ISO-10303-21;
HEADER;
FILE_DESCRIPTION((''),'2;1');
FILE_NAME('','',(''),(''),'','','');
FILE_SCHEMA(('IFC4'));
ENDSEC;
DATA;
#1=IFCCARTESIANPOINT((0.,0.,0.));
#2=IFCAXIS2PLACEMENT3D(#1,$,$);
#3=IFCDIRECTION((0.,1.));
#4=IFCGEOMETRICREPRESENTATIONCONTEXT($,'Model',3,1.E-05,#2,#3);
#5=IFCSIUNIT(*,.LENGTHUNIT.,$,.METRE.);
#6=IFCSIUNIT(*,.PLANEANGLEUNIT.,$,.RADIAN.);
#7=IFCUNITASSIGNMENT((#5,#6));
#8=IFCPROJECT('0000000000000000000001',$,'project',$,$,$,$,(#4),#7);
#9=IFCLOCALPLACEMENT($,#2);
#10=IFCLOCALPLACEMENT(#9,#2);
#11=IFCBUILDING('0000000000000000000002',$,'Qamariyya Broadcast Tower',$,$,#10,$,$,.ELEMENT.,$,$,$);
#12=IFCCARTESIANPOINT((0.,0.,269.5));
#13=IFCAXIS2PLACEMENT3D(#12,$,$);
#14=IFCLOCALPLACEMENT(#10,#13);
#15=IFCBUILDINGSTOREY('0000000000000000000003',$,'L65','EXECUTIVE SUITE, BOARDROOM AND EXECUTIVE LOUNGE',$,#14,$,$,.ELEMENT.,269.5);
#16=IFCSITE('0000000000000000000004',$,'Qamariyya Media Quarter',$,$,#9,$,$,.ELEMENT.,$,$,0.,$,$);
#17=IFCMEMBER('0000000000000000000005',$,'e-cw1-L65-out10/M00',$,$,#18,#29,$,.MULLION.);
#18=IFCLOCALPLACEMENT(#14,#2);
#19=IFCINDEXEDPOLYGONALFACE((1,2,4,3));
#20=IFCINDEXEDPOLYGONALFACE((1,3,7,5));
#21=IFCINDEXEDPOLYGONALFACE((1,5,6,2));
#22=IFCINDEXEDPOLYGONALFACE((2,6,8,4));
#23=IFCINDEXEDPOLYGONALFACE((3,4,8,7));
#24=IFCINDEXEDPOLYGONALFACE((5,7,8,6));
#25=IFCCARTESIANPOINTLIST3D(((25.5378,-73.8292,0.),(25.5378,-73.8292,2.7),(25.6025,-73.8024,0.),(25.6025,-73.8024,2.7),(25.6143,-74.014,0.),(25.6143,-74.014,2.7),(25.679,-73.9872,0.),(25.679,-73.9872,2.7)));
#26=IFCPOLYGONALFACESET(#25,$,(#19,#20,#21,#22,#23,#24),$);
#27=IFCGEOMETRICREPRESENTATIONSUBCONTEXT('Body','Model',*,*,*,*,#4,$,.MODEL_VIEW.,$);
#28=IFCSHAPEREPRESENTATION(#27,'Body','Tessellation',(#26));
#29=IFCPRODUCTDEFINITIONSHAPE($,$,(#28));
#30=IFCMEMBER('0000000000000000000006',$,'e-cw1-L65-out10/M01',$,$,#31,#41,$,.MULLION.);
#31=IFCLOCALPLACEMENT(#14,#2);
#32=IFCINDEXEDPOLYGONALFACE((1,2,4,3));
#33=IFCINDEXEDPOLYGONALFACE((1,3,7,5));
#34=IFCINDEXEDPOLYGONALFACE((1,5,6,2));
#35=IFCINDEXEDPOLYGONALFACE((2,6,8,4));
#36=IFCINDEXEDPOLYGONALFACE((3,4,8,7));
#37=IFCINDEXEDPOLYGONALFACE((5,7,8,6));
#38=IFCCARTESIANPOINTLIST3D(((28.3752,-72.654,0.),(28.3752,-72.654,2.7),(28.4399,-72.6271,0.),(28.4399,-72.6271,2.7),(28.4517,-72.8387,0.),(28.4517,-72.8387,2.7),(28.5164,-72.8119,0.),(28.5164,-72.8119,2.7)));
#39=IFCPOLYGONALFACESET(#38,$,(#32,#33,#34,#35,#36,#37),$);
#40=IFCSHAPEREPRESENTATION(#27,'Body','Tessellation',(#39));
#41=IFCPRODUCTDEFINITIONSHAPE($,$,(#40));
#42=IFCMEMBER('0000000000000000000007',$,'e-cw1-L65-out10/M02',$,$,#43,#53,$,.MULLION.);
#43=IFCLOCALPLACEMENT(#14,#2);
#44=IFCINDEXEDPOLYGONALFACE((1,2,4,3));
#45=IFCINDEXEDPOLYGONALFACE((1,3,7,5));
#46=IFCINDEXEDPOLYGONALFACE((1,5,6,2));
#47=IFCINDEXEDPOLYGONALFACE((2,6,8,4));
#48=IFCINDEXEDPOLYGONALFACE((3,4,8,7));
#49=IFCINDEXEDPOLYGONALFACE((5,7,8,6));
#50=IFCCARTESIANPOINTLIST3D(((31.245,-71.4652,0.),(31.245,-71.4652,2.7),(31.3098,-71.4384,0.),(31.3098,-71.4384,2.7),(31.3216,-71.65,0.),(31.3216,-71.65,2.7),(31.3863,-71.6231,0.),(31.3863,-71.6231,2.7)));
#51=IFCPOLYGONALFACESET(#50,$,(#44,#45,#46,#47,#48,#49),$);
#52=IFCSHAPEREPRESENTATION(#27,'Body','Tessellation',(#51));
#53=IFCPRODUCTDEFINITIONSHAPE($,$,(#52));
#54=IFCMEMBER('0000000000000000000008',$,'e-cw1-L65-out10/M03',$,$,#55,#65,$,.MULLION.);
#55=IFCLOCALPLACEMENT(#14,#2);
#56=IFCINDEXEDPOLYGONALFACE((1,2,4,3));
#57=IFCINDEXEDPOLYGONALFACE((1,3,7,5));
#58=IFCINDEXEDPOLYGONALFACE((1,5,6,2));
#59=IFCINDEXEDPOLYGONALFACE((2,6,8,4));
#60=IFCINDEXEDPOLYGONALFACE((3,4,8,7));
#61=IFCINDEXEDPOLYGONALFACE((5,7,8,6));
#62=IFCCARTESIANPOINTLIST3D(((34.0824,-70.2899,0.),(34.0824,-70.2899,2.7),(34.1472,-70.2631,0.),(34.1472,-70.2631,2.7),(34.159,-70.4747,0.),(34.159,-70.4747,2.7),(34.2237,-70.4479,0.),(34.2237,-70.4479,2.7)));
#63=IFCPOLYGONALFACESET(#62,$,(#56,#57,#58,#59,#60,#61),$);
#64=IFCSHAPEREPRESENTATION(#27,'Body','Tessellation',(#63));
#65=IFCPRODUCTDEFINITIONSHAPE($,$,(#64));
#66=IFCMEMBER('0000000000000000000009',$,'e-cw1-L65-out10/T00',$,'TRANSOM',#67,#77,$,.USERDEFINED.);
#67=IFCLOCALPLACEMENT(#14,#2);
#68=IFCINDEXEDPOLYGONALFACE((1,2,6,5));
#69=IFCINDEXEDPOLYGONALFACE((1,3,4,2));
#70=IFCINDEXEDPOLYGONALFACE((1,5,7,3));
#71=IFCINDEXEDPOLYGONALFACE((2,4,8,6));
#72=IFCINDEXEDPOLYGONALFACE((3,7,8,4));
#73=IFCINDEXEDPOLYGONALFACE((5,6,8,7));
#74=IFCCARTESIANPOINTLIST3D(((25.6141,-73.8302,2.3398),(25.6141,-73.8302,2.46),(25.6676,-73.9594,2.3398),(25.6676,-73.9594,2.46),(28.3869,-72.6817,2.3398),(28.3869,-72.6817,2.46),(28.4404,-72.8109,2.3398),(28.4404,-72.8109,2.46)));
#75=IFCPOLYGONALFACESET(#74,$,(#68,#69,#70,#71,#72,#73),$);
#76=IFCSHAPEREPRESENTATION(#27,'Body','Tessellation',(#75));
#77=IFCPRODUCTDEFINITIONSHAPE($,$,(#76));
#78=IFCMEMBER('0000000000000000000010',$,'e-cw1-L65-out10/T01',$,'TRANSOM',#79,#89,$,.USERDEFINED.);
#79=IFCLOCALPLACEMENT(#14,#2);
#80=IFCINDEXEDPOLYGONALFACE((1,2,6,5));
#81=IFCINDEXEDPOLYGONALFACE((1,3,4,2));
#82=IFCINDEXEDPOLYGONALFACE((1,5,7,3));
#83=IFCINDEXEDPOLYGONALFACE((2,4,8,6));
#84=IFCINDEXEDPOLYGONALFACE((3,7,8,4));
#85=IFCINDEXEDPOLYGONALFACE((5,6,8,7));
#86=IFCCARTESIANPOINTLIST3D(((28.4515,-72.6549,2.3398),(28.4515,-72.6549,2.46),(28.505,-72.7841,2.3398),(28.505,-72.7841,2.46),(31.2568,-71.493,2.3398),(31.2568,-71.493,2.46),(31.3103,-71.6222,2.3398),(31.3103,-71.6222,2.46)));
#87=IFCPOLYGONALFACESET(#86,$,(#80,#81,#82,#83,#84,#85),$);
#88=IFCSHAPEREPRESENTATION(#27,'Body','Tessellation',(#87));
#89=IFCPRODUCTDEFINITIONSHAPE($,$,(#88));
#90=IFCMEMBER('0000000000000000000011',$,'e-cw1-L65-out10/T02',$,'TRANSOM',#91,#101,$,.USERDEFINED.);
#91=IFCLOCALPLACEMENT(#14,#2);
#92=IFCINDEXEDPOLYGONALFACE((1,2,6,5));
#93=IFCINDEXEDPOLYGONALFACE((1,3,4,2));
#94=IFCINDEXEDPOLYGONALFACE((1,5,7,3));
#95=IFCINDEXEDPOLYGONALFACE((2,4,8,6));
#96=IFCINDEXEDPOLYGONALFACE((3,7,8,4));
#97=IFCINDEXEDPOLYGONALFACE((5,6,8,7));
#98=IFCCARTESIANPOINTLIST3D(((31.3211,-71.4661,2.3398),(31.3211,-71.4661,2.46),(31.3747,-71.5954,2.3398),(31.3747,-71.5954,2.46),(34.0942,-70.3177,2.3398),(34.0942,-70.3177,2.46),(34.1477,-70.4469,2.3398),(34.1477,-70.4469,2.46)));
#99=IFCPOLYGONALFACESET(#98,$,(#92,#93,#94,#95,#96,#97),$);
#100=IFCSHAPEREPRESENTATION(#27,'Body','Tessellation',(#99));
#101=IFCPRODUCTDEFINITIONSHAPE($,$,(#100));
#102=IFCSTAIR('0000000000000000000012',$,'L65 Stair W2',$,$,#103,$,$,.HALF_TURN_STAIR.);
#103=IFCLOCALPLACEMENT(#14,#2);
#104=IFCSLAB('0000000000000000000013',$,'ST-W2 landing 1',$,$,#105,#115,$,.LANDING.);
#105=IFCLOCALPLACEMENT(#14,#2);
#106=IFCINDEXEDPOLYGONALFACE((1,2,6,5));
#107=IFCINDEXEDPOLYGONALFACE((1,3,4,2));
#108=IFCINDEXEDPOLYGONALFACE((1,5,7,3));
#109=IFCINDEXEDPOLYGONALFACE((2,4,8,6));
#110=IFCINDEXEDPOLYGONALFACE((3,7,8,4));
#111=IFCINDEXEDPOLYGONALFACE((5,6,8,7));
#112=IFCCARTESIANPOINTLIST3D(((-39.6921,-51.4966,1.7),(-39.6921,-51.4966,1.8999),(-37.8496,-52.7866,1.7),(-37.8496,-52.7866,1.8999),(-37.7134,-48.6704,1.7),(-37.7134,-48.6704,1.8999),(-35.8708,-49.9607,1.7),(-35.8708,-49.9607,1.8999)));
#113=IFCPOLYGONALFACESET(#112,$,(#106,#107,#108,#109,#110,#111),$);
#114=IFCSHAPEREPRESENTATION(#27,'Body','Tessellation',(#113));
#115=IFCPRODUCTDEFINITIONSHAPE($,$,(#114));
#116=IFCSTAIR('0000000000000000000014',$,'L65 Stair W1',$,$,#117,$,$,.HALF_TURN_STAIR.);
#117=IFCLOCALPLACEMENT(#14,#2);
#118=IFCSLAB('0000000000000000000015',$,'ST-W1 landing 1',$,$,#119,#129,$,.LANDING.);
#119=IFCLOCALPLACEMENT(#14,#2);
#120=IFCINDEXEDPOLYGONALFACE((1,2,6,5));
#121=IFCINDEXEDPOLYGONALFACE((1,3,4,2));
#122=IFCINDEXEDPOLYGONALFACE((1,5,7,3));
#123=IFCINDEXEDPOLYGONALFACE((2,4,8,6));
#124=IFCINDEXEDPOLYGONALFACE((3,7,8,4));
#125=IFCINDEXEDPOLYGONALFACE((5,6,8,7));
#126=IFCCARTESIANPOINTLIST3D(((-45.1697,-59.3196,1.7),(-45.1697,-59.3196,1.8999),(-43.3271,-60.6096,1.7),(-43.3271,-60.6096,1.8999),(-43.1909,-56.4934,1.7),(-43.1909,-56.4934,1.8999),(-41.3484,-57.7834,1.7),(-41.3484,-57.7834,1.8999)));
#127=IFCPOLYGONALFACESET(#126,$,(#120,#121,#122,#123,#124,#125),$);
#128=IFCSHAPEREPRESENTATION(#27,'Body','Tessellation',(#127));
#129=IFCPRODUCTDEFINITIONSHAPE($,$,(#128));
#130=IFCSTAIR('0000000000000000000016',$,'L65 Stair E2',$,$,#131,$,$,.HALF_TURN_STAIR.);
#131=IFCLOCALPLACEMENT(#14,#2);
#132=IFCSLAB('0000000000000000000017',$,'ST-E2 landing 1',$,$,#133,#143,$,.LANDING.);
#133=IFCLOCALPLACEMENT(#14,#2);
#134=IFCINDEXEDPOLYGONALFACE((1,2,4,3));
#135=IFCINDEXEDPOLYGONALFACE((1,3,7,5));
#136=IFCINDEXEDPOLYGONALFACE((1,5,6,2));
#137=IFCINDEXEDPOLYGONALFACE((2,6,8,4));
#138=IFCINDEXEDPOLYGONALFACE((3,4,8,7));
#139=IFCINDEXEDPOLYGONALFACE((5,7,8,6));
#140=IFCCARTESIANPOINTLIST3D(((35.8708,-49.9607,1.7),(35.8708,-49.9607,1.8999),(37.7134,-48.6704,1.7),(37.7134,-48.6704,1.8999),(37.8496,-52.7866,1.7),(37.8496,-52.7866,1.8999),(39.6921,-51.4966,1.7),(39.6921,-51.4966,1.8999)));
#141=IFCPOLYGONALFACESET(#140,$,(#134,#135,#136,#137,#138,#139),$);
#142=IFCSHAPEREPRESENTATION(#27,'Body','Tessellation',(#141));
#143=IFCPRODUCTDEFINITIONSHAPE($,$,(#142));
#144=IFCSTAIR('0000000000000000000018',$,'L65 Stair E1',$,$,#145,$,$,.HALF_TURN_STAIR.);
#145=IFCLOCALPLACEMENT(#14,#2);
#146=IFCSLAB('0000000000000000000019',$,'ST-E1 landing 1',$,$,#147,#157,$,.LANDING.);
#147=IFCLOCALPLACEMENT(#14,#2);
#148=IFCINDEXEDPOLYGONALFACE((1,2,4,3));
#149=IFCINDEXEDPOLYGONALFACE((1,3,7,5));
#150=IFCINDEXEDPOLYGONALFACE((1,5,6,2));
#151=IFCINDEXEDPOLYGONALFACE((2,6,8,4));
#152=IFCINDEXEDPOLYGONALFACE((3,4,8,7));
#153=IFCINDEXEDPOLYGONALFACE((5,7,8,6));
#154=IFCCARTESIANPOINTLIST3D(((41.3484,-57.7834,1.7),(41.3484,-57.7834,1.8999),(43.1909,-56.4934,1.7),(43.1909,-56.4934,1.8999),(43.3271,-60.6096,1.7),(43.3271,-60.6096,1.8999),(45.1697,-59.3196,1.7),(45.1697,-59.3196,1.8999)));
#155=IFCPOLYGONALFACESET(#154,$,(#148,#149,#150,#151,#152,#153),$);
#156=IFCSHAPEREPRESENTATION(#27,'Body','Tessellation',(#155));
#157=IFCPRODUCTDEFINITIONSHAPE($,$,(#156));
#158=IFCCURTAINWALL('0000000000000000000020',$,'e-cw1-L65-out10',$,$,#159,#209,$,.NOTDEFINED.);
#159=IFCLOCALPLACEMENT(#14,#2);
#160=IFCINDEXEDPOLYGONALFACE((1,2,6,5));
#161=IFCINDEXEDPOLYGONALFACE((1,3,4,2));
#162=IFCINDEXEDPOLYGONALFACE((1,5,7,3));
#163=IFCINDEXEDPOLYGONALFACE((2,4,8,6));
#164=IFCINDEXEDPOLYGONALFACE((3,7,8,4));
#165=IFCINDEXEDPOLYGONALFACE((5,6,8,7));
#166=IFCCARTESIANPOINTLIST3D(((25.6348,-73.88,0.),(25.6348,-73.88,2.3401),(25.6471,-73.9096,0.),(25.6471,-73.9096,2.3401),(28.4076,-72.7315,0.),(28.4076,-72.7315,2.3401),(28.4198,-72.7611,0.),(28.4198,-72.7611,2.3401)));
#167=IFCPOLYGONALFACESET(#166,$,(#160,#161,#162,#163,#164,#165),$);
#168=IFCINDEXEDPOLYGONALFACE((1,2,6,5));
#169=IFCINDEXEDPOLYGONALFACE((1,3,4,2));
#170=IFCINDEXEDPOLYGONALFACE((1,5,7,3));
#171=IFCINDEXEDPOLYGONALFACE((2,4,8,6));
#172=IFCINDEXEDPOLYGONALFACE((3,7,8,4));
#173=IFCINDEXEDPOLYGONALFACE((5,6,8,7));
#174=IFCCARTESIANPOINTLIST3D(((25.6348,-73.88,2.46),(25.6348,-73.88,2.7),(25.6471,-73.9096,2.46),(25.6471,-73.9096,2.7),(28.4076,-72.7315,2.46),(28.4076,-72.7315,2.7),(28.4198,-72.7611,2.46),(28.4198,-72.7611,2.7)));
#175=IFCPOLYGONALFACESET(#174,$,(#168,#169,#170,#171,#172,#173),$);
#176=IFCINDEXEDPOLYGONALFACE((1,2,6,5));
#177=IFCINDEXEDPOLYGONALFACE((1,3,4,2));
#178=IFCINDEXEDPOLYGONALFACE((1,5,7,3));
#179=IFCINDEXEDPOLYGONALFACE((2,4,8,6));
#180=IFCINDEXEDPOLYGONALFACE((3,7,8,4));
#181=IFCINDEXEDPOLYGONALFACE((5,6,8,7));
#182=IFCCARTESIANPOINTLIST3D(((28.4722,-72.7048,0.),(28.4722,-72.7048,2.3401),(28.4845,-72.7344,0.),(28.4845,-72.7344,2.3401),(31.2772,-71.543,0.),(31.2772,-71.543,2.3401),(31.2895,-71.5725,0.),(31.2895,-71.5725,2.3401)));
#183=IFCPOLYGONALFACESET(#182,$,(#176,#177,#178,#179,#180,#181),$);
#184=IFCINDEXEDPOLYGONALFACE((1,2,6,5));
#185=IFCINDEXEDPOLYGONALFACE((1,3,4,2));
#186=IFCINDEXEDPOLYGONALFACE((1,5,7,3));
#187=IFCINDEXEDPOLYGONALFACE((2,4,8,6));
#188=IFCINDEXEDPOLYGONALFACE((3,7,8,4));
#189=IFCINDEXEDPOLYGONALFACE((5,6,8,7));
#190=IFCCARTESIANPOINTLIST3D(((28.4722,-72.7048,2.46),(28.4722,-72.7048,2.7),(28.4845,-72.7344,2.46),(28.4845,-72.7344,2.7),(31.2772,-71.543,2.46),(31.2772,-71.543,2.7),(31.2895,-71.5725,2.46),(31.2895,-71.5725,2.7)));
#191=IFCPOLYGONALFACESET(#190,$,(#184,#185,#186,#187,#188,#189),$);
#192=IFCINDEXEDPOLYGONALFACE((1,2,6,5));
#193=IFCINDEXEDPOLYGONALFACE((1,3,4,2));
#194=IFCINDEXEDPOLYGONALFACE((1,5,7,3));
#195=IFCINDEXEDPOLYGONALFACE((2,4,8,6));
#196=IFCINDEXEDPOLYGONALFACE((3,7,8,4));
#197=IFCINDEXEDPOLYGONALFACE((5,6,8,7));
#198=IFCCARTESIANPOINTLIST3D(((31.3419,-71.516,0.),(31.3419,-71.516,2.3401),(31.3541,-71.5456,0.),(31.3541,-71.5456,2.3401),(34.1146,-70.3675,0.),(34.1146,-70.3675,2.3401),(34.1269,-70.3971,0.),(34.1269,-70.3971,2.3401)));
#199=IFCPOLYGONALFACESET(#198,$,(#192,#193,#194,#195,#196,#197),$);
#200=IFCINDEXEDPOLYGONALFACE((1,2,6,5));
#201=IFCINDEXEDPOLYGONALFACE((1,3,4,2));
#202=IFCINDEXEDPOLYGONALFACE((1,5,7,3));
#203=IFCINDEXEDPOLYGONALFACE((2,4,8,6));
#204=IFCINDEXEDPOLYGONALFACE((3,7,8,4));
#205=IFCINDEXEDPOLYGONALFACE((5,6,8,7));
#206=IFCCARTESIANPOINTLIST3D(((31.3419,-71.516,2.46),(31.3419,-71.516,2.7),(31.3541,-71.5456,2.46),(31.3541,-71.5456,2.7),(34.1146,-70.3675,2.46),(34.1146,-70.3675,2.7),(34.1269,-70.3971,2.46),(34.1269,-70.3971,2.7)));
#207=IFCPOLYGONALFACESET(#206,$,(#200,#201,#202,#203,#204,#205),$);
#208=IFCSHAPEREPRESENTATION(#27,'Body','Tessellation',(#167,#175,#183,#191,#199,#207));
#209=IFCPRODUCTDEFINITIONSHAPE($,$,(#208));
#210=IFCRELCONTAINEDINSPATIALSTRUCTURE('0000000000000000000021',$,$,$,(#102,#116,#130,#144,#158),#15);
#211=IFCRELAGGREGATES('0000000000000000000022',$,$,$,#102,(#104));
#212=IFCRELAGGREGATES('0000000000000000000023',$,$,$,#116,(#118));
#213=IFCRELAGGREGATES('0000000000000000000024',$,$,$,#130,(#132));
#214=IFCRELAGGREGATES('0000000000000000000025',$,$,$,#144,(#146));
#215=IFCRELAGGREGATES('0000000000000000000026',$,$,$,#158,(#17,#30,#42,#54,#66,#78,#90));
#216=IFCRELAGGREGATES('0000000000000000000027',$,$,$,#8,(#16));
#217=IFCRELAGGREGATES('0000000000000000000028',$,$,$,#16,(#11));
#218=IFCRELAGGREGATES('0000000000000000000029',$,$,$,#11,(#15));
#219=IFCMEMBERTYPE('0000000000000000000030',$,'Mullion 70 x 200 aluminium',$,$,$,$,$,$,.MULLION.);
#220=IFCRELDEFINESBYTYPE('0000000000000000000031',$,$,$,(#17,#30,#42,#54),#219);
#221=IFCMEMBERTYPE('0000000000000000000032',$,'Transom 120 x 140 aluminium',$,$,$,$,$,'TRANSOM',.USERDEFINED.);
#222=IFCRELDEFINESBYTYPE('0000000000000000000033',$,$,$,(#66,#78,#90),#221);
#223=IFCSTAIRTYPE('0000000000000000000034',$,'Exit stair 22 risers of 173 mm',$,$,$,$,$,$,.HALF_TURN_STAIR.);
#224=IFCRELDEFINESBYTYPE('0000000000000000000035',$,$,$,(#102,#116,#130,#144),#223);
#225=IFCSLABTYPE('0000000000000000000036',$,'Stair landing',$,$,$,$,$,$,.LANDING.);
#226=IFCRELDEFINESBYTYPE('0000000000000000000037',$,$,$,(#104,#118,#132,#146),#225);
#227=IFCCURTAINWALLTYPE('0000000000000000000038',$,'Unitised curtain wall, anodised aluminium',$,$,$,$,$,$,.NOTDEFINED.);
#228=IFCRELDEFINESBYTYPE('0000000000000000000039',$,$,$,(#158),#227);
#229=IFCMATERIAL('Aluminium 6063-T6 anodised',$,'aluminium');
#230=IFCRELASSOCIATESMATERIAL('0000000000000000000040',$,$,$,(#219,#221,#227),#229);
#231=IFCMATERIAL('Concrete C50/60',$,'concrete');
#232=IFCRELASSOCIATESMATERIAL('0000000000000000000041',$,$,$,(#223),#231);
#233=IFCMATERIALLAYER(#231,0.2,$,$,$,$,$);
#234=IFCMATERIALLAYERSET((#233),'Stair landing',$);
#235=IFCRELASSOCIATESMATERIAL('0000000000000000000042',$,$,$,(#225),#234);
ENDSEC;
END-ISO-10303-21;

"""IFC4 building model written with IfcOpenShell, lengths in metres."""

from ifc_helpers import new_model, si_unit, direction, frame, origin, origin_2d, place, context, subcontext, project, spatial, polyline, rectangle, outline, extrude, material, layer, layer_set, material_profile, profile_set, type_object, element, aggregate, save


model = new_model("IFC4")

# Units and contexts
model_context = context("Model", 3, precision=1e-05, world=origin(), true_north=direction((0.0, 1.0)))
body_context = subcontext(model_context, "Body", "Model", "MODEL_VIEW")
ifc_project = project(units=[si_unit("LENGTHUNIT", "METRE"), si_unit("PLANEANGLEUNIT", "RADIAN")], contexts=[model_context])

# Members
ifc_material_1 = material(Name="Aluminium 6063-T6 anodised", Category="aluminium")
ifc_material_profile_1 = material_profile(ifc_material_1, rectangle(XDim=0.2, YDim=0.0701, at=origin_2d()))
ifc_profile_set_1 = profile_set([ifc_material_profile_1], Name="Aluminium 6063-T6 anodised")
member_type_1 = type_object("IfcMemberType", Name="Mullion 70 x 200 aluminium", PredefinedType="MULLION", material=ifc_profile_set_1)
site_placement = place(None, origin())
building_placement = place(site_placement, origin())
storey_placement = place(building_placement, frame((0.0, 0.0, 269.5)))
member_1_placement = place(storey_placement, frame((25.6084, -73.9082, 0.0), z_axis=(0.0, 0.0, 1.0), x_axis=(-0.382683, 0.92388, 0.0)))
member_1 = element("IfcMember", 1, at=member_1_placement, type_object=member_type_1, Name="e-cw1-L65-out10/M00", PredefinedType="MULLION", context=body_context, shape_type="SweptSolid", body=[
    extrude(rectangle(XDim=0.2, YDim=0.0701, at=origin_2d()), origin(), (0.0, 0.0, 1.0), 2.7),
])
member_2_placement = place(storey_placement, frame((28.4458, -72.7329, 0.0), z_axis=(0.0, 0.0, 1.0), x_axis=(-0.382683, 0.92388, 0.0)))
member_2 = element("IfcMember", 2, at=member_2_placement, type_object=member_type_1, Name="e-cw1-L65-out10/M01", PredefinedType="MULLION", context=body_context, shape_type="SweptSolid", body=[
    extrude(rectangle(XDim=0.2, YDim=0.0701, at=origin_2d()), origin(), (0.0, 0.0, 1.0), 2.7),
])
member_3_placement = place(storey_placement, frame((31.3157, -71.5442, 0.0), z_axis=(0.0, 0.0, 1.0), x_axis=(-0.382683, 0.92388, 0.0)))
member_3 = element("IfcMember", 3, at=member_3_placement, type_object=member_type_1, Name="e-cw1-L65-out10/M02", PredefinedType="MULLION", context=body_context, shape_type="SweptSolid", body=[
    extrude(rectangle(XDim=0.2, YDim=0.0701, at=origin_2d()), origin(), (0.0, 0.0, 1.0), 2.7),
])
member_4_placement = place(storey_placement, frame((34.1531, -70.3689, 0.0), z_axis=(0.0, 0.0, 1.0), x_axis=(-0.382683, 0.92388, 0.0)))
member_4 = element("IfcMember", 4, at=member_4_placement, type_object=member_type_1, Name="e-cw1-L65-out10/M03", PredefinedType="MULLION", context=body_context, shape_type="SweptSolid", body=[
    extrude(rectangle(XDim=0.2, YDim=0.0701, at=origin_2d()), origin(), (0.0, 0.0, 1.0), 2.7),
])
ifc_material_profile_2 = material_profile(ifc_material_1, rectangle(XDim=0.1399, YDim=0.1201, at=origin_2d()))
ifc_profile_set_2 = profile_set([ifc_material_profile_2], Name="Aluminium 6063-T6 anodised")
member_type_2 = type_object("IfcMemberType", Name="Transom 120 x 140 aluminium", ElementType="TRANSOM", PredefinedType="USERDEFINED", material=ifc_profile_set_2)
member_5_placement = place(storey_placement, frame((25.6409, -73.8948, 2.3999), z_axis=(0.923886, 0.382668, 0.0), x_axis=(-0.382668, 0.923886, 0.0)))
member_5 = element("IfcMember", 5, at=member_5_placement, type_object=member_type_2, Name="e-cw1-L65-out10/T00", ObjectType="TRANSOM", PredefinedType="USERDEFINED", context=body_context, shape_type="SweptSolid", body=[
    extrude(rectangle(XDim=0.1399, YDim=0.1201, at=origin_2d()), origin(), (0.0, 0.0, 1.0), 3.0012),
])
member_6_placement = place(storey_placement, frame((28.4783, -72.7195, 2.3999), z_axis=(0.923888, 0.382662, 0.0), x_axis=(-0.382662, 0.923888, 0.0)))
member_6 = element("IfcMember", 6, at=member_6_placement, type_object=member_type_2, Name="e-cw1-L65-out10/T01", ObjectType="TRANSOM", PredefinedType="USERDEFINED", context=body_context, shape_type="SweptSolid", body=[
    extrude(rectangle(XDim=0.1399, YDim=0.1201, at=origin_2d()), origin(), (0.0, 0.0, 1.0), 3.0364),
])
member_7_placement = place(storey_placement, frame((31.3479, -71.5308, 2.3999), z_axis=(0.923898, 0.382639, 0.0), x_axis=(-0.382639, 0.923898, 0.0)))
member_7 = element("IfcMember", 7, at=member_7_placement, type_object=member_type_2, Name="e-cw1-L65-out10/T02", ObjectType="TRANSOM", PredefinedType="USERDEFINED", context=body_context, shape_type="SweptSolid", body=[
    extrude(rectangle(XDim=0.1399, YDim=0.1201, at=origin_2d()), origin(), (0.0, 0.0, 1.0), 3.0015),
])

# Site, building, storey
site = spatial("IfcSite", under=ifc_project, at=site_placement, Name="Qamariyya Media Quarter", CompositionType="ELEMENT", RefElevation=0.0)
building = spatial("IfcBuilding", under=site, at=building_placement, Name="Qamariyya Broadcast Tower", CompositionType="ELEMENT")
storey = spatial("IfcBuildingStorey", under=building, at=storey_placement, Name="L65", Description="EXECUTIVE SUITE, BOARDROOM AND EXECUTIVE LOUNGE", CompositionType="ELEMENT", Elevation=269.5)

# Stairs, slabs
ifc_material_2 = material(Name="Concrete C50/60", Category="concrete")
stair_type = type_object("IfcStairType", Name="Exit stair 22 risers of 173 mm", PredefinedType="HALF_TURN_STAIR", material=ifc_material_2)
stair_1_placement = place(storey_placement, origin())
stair_1 = element("IfcStair", 8, at=stair_1_placement, inside=storey, type_object=stair_type, Name="L65 Stair W2", PredefinedType="HALF_TURN_STAIR")
ifc_layer = layer(ifc_material_2, 0.2)
ifc_layer_set = layer_set([ifc_layer], Name="Stair landing")
slab_type = type_object("IfcSlabType", Name="Stair landing", PredefinedType="LANDING", material=ifc_layer_set)
slab_1_placement = place(storey_placement, frame((0.0, 0.0, 1.7)))
slab_1 = element("IfcSlab", 9, at=slab_1_placement, type_object=slab_type, Name="ST-W2 landing 1", PredefinedType="LANDING", context=body_context, shape_type="SweptSolid", body=[
    extrude(outline(polyline([(-39.6921, -51.4966), (-37.8496, -52.7866), (-35.8708, -49.9607), (-37.7134, -48.6704), (-39.6921, -51.4966)])), origin(), (0.0, 0.0, 1.0), 0.2),
])
aggregate(stair_1, [slab_1])
stair_2_placement = place(storey_placement, origin())
stair_2 = element("IfcStair", 10, at=stair_2_placement, inside=storey, type_object=stair_type, Name="L65 Stair W1", PredefinedType="HALF_TURN_STAIR")
slab_2_placement = place(storey_placement, frame((0.0, 0.0, 1.7)))
slab_2 = element("IfcSlab", 11, at=slab_2_placement, type_object=slab_type, Name="ST-W1 landing 1", PredefinedType="LANDING", context=body_context, shape_type="SweptSolid", body=[
    extrude(outline(polyline([(-45.1697, -59.3196), (-43.3271, -60.6096), (-41.3484, -57.7834), (-43.1909, -56.4934), (-45.1697, -59.3196)])), origin(), (0.0, 0.0, 1.0), 0.2),
])
aggregate(stair_2, [slab_2])
stair_3_placement = place(storey_placement, origin())
stair_3 = element("IfcStair", 12, at=stair_3_placement, inside=storey, type_object=stair_type, Name="L65 Stair E2", PredefinedType="HALF_TURN_STAIR")
slab_3_placement = place(storey_placement, frame((0.0, 0.0, 1.7)))
slab_3 = element("IfcSlab", 13, at=slab_3_placement, type_object=slab_type, Name="ST-E2 landing 1", PredefinedType="LANDING", context=body_context, shape_type="SweptSolid", body=[
    extrude(outline(polyline([(37.7134, -48.6704), (35.8708, -49.9607), (37.8496, -52.7866), (39.6921, -51.4966), (37.7134, -48.6704)])), origin(), (0.0, 0.0, 1.0), 0.2),
])
aggregate(stair_3, [slab_3])
stair_4_placement = place(storey_placement, origin())
stair_4 = element("IfcStair", 14, at=stair_4_placement, inside=storey, type_object=stair_type, Name="L65 Stair E1", PredefinedType="HALF_TURN_STAIR")
slab_4_placement = place(storey_placement, frame((0.0, 0.0, 1.7)))
slab_4 = element("IfcSlab", 15, at=slab_4_placement, type_object=slab_type, Name="ST-E1 landing 1", PredefinedType="LANDING", context=body_context, shape_type="SweptSolid", body=[
    extrude(outline(polyline([(43.1909, -56.4934), (41.3484, -57.7834), (43.3271, -60.6096), (45.1697, -59.3196), (43.1909, -56.4934)])), origin(), (0.0, 0.0, 1.0), 0.2),
])
aggregate(stair_4, [slab_4])

# Curtain wall
curtain_wall_type = type_object("IfcCurtainWallType", Name="Unitised curtain wall, anodised aluminium", PredefinedType="NOTDEFINED", material=ifc_material_1)
curtain_wall_1_placement = place(storey_placement, origin())
curtain_wall_1 = element("IfcCurtainWall", 16, at=curtain_wall_1_placement, inside=storey, type_object=curtain_wall_type, Name="e-cw1-L65-out10", PredefinedType="NOTDEFINED", context=body_context, shape_type="SweptSolid", body=[
    extrude(rectangle(XDim=3.0012, YDim=0.032, at=origin_2d()), frame((27.0273, -73.3206, 0.0), x_axis=(0.923878, 0.382687, 0.0)), (0.0, 0.0, 1.0), 2.3401),
    extrude(rectangle(XDim=3.0012, YDim=0.032, at=origin_2d()), frame((27.0273, -73.3206, 2.46), x_axis=(0.923878, 0.382687, 0.0)), (0.0, 0.0, 1.0), 0.24),
    extrude(rectangle(XDim=3.0361, YDim=0.032, at=origin_2d()), frame((29.8809, -72.1387, 0.0), x_axis=(0.923878, 0.382687, 0.0)), (0.0, 0.0, 1.0), 2.3401),
    extrude(rectangle(XDim=3.0361, YDim=0.032, at=origin_2d()), frame((29.8809, -72.1387, 2.46), x_axis=(0.923878, 0.382687, 0.0)), (0.0, 0.0, 1.0), 0.24),
    extrude(rectangle(XDim=3.0012, YDim=0.032, at=origin_2d()), frame((32.7344, -70.9565, 0.0), x_axis=(0.923878, 0.382687, 0.0)), (0.0, 0.0, 1.0), 2.3401),
    extrude(rectangle(XDim=3.0012, YDim=0.032, at=origin_2d()), frame((32.7344, -70.9565, 2.46), x_axis=(0.923878, 0.382687, 0.0)), (0.0, 0.0, 1.0), 0.24),
])
aggregate(curtain_wall_1, [member_1, member_2, member_3, member_4, member_5, member_6, member_7])

save(model, "model.ifc")
